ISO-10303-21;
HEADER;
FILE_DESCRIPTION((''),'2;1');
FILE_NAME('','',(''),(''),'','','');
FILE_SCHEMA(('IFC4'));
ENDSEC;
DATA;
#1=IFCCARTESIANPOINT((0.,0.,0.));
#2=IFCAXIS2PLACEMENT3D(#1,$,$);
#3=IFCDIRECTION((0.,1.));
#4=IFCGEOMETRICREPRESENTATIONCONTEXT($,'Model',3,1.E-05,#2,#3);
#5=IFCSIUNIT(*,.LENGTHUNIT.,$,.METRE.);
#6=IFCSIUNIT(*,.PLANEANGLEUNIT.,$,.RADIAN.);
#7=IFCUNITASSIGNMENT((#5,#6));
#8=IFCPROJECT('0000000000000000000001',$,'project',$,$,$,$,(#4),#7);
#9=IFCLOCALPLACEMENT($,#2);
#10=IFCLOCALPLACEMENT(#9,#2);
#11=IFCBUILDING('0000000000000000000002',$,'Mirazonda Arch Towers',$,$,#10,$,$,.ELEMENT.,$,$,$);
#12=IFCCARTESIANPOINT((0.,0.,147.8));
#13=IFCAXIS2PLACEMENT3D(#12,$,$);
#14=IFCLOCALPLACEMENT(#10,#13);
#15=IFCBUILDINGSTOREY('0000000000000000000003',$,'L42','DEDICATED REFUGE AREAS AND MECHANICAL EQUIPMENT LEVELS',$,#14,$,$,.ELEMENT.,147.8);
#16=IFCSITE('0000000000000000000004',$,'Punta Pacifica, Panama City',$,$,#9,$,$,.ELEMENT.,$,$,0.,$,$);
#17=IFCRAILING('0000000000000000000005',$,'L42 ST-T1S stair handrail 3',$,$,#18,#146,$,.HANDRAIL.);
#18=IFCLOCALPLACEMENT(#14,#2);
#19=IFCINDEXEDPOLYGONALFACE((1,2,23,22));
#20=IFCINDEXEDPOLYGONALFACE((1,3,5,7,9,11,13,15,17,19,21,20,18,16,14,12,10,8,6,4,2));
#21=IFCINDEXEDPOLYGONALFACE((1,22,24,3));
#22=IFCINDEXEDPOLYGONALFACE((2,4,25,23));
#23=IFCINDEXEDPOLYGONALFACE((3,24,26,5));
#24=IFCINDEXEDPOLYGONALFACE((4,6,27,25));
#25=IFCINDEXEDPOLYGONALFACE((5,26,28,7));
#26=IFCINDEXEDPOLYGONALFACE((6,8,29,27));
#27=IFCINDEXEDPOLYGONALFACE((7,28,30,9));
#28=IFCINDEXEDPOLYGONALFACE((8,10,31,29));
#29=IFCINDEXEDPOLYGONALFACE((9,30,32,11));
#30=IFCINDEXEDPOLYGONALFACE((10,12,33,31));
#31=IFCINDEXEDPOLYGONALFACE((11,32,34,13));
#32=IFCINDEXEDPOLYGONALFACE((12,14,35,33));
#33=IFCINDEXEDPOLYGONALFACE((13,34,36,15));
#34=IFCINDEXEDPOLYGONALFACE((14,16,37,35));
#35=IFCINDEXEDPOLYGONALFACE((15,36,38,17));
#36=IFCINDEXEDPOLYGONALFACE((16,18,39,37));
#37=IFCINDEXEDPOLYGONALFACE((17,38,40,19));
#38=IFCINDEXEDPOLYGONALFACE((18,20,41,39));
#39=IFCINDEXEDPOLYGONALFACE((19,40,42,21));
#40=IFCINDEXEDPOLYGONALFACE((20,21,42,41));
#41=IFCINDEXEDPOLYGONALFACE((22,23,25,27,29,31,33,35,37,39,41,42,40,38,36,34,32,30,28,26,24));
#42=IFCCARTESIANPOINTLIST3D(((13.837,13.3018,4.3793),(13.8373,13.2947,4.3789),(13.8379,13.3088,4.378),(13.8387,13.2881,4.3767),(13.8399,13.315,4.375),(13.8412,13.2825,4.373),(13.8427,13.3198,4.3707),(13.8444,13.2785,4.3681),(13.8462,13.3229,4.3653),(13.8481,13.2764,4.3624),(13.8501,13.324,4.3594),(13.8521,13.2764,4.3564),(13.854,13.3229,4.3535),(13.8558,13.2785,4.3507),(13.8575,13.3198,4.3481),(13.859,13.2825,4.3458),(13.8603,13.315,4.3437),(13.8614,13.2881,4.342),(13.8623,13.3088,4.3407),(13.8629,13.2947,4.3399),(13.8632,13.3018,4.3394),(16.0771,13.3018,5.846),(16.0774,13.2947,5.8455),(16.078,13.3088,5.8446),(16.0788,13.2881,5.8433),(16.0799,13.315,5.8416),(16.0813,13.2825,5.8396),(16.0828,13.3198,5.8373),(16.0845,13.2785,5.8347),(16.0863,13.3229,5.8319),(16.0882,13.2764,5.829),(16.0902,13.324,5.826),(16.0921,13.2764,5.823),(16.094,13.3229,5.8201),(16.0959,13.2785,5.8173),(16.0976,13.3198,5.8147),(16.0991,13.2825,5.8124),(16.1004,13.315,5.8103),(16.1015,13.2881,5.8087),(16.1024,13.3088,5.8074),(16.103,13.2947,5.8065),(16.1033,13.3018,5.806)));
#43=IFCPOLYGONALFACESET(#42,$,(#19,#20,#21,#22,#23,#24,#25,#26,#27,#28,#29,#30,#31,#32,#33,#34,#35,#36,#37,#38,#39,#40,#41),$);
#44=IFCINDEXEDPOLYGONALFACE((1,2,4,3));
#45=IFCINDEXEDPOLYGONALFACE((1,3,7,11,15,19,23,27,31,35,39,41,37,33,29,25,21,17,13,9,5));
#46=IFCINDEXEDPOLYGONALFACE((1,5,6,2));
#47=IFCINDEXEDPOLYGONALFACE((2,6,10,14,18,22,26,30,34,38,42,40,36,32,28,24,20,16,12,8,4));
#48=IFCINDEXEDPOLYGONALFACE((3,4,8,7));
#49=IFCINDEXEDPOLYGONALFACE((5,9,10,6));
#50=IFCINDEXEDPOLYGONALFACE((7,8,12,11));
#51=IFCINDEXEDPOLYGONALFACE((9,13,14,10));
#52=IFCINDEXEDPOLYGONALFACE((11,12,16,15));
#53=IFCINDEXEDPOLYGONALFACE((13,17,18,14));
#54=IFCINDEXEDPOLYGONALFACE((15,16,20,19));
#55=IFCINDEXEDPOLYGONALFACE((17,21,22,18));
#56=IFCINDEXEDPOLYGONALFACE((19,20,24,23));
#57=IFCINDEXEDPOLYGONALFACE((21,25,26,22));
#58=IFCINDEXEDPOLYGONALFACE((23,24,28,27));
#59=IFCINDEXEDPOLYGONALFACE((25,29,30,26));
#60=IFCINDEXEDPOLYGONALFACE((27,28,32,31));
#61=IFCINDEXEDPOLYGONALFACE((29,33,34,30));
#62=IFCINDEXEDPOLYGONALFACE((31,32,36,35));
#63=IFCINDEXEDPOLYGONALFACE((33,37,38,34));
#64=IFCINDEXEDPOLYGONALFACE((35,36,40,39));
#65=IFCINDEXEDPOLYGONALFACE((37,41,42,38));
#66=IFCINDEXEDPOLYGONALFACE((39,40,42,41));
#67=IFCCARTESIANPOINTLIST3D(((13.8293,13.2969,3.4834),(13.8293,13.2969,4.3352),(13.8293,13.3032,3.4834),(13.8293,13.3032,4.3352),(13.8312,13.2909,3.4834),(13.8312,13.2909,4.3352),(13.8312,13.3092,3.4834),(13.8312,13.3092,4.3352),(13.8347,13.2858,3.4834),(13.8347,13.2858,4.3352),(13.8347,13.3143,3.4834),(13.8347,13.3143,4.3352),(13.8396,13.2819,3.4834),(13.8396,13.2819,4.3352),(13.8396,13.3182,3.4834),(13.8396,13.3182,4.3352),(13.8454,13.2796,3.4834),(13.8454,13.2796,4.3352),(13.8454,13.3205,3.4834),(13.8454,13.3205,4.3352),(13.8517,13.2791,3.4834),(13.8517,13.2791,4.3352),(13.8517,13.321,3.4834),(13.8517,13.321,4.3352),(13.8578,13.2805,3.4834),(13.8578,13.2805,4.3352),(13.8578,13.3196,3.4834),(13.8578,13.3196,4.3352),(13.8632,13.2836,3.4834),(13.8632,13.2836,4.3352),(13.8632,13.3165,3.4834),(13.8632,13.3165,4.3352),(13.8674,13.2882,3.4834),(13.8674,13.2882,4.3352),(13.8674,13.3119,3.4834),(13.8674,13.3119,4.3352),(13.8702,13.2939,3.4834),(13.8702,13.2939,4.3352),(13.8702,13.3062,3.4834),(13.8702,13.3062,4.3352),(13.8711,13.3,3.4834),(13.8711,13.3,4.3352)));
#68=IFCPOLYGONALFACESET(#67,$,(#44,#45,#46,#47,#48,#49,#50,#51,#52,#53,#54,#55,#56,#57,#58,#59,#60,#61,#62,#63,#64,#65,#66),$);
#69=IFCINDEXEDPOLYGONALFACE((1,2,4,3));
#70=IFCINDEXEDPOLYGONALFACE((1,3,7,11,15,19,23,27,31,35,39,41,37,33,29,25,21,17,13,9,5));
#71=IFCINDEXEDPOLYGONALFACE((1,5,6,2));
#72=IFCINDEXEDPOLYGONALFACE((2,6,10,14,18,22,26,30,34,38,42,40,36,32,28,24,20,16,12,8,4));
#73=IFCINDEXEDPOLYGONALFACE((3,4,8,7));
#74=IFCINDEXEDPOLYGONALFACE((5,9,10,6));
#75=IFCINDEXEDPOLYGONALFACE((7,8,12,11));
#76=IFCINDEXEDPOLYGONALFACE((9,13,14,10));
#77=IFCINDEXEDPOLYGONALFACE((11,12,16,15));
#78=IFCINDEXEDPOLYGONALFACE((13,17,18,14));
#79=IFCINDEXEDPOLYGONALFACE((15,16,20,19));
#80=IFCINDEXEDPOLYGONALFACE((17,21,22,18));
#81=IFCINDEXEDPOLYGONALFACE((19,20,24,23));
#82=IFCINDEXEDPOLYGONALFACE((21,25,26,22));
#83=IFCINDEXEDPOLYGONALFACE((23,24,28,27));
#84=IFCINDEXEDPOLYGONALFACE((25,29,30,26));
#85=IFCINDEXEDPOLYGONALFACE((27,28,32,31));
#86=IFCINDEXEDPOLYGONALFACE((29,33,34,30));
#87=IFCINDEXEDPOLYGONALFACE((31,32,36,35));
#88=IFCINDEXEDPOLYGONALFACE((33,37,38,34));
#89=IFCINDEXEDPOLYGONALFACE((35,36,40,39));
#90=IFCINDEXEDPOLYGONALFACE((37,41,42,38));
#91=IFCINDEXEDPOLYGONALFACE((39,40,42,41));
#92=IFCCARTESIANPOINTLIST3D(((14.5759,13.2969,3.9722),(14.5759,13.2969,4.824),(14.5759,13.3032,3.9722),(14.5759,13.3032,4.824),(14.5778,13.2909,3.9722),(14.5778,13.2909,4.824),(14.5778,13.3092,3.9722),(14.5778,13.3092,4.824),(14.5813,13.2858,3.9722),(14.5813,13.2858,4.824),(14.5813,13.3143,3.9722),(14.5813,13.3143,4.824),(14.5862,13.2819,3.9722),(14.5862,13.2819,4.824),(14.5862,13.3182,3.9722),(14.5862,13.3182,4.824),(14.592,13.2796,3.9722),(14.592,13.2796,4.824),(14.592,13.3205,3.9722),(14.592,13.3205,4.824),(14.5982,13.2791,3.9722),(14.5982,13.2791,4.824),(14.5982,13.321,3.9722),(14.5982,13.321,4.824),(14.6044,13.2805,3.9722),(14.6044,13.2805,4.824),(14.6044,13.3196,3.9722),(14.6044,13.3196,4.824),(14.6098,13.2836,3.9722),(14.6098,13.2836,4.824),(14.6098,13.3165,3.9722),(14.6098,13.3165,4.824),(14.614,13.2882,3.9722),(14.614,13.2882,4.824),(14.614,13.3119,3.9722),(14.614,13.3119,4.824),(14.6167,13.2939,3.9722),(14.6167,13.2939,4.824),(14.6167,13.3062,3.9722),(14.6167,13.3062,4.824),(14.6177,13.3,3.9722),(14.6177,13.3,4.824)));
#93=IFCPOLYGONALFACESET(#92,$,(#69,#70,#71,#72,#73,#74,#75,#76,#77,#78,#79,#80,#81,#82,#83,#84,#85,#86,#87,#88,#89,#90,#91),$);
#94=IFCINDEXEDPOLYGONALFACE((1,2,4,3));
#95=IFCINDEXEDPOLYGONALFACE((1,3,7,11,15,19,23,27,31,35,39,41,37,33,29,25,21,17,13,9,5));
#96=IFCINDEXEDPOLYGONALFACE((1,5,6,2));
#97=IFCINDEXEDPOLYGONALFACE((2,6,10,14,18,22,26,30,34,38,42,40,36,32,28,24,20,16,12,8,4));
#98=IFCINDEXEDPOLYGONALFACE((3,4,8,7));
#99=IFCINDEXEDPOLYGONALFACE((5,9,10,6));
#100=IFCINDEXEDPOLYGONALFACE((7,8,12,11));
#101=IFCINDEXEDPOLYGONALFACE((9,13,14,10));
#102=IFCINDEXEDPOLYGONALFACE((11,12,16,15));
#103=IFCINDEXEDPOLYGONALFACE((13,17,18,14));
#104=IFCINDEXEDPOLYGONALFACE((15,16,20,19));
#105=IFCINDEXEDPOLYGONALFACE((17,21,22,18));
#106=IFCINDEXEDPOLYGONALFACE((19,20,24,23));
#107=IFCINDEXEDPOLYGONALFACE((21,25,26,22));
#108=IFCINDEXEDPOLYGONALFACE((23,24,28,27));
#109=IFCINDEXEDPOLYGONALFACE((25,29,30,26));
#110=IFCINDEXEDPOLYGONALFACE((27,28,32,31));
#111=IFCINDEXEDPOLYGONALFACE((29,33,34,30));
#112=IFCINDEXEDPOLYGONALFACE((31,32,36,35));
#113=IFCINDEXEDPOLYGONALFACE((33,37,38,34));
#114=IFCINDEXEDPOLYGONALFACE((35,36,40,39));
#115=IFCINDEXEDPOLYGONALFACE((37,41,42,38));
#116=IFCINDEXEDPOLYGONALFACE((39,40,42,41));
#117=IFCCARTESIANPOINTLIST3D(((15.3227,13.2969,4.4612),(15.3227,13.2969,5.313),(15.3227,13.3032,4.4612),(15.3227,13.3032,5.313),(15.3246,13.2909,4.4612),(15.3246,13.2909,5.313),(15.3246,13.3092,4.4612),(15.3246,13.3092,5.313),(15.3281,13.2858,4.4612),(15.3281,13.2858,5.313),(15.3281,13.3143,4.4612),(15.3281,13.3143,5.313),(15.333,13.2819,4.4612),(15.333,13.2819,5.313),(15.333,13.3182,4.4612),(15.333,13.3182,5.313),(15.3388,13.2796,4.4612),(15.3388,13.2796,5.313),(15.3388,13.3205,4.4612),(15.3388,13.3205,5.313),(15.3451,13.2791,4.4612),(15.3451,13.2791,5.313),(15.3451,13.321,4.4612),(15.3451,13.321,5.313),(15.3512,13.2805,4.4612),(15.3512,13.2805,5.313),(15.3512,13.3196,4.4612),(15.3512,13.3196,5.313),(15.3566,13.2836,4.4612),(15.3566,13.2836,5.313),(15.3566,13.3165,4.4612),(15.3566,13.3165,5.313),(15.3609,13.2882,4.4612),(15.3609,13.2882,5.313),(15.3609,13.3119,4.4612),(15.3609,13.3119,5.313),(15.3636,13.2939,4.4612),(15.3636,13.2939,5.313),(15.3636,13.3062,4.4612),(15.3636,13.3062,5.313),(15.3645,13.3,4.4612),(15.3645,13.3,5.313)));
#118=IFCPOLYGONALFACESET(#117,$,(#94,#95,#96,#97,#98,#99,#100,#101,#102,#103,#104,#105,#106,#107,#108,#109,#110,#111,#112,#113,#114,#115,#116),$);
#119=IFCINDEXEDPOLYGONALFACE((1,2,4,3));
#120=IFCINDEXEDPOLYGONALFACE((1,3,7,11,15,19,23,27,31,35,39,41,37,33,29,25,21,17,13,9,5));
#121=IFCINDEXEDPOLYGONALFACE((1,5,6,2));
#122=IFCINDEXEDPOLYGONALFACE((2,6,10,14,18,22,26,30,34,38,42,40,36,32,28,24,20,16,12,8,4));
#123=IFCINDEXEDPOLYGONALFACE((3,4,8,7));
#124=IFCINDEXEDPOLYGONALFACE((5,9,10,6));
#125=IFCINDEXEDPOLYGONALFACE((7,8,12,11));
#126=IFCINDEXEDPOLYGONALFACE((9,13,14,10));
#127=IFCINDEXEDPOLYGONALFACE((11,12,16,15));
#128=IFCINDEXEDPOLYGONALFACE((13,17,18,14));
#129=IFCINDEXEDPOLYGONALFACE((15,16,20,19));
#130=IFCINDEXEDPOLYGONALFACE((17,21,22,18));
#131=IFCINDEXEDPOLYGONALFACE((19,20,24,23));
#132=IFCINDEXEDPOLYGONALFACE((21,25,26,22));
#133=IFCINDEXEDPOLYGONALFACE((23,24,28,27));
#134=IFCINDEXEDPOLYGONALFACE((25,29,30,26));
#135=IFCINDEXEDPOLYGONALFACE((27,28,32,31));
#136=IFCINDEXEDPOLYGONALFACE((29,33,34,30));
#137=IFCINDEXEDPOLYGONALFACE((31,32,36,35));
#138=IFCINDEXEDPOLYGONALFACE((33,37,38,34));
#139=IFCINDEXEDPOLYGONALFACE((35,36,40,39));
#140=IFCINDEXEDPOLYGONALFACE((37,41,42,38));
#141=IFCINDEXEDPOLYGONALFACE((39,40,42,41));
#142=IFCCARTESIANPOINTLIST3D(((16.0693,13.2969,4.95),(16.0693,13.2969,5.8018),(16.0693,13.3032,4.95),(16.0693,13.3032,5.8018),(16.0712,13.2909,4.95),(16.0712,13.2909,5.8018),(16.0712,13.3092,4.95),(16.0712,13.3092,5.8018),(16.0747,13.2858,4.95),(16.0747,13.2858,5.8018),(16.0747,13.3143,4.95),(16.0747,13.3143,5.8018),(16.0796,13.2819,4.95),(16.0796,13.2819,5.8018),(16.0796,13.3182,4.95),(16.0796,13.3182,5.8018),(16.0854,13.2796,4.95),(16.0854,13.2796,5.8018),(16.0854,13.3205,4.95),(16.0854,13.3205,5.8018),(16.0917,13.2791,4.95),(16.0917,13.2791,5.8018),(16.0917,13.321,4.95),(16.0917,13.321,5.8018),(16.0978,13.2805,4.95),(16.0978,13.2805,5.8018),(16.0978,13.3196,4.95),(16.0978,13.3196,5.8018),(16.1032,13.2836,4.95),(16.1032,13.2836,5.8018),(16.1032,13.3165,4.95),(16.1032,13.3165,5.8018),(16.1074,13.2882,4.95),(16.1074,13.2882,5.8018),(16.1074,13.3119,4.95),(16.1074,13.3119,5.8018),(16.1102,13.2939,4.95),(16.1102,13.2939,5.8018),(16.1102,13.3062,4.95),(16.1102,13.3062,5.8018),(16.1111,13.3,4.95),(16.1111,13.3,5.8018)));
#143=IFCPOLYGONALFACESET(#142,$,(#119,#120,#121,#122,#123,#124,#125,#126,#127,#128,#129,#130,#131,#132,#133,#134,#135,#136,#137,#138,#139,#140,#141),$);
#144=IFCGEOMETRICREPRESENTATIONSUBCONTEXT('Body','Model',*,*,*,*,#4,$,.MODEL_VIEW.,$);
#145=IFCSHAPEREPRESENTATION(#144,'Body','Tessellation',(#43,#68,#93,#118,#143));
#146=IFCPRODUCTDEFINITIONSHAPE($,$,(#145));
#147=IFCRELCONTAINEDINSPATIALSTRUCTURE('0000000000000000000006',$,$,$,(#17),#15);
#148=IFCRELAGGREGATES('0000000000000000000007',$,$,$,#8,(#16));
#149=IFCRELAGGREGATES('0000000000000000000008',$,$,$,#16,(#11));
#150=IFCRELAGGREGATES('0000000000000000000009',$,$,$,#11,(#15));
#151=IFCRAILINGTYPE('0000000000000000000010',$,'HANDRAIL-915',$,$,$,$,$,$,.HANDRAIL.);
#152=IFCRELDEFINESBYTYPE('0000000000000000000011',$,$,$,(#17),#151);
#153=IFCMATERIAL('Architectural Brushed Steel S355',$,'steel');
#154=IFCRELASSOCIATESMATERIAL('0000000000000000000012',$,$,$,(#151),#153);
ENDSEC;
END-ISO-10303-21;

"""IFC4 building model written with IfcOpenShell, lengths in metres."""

from ifc_helpers import new_model, si_unit, direction, frame, origin, origin_2d, place, context, subcontext, project, spatial, circle, extrude, material, type_object, element, save


model = new_model("IFC4")

# Units and contexts
model_context = context("Model", 3, precision=1e-05, world=origin(), true_north=direction((0.0, 1.0)))
body_context = subcontext(model_context, "Body", "Model", "MODEL_VIEW")
ifc_project = project(units=[si_unit("LENGTHUNIT", "METRE"), si_unit("PLANEANGLEUNIT", "RADIAN")], contexts=[model_context])

# Site, building, storey
site_placement = place(None, origin())
site = spatial("IfcSite", under=ifc_project, at=site_placement, Name="Punta Pacifica, Panama City", CompositionType="ELEMENT", RefElevation=0.0)
building_placement = place(site_placement, origin())
building = spatial("IfcBuilding", under=site, at=building_placement, Name="Mirazonda Arch Towers", CompositionType="ELEMENT")
storey_placement = place(building_placement, frame((0.0, 0.0, 147.8)))
storey = spatial("IfcBuildingStorey", under=building, at=storey_placement, Name="L42", Description="DEDICATED REFUGE AREAS AND MECHANICAL EQUIPMENT LEVELS", CompositionType="ELEMENT", Elevation=147.8)

# Shared definitions
ifc_material_1 = material(Name="Architectural Brushed Steel S355", Category="steel")

# Railing
railing_type_1 = type_object("IfcRailingType", Name="HANDRAIL-915", PredefinedType="HANDRAIL", material=ifc_material_1)
railing_1_placement = place(storey_placement, frame((13.8501, 13.3, 3.4834)))
element("IfcRailing", 1, at=railing_1_placement, inside=storey, type_object=railing_type_1, Name="L42 ST-T1S stair handrail 3", PredefinedType="HANDRAIL", context=body_context, shape_type="SweptSolid", body=[
    extrude(circle(Radius=0.0239, at=origin_2d()), frame((0.0, 0.0, 0.876), z_axis=(0.836637, 0.0, 0.547758), x_axis=(0.0, 1.0, 0.0)), (0.0, 0.0, 1.0), 2.6775),
    extrude(circle(Radius=0.021, at=origin_2d()), origin(), (0.0, 0.0, 1.0), 0.8518),
    extrude(circle(Radius=0.021, at=origin_2d()), frame((0.7466, 0.0, 0.4888)), (0.0, 0.0, 1.0), 0.8518),
    extrude(circle(Radius=0.021, at=origin_2d()), frame((1.4934, 0.0, 0.9778)), (0.0, 0.0, 1.0), 0.8518),
    extrude(circle(Radius=0.021, at=origin_2d()), frame((2.24, 0.0, 1.4666)), (0.0, 0.0, 1.0), 0.8518),
])

save(model, "model.ifc")
